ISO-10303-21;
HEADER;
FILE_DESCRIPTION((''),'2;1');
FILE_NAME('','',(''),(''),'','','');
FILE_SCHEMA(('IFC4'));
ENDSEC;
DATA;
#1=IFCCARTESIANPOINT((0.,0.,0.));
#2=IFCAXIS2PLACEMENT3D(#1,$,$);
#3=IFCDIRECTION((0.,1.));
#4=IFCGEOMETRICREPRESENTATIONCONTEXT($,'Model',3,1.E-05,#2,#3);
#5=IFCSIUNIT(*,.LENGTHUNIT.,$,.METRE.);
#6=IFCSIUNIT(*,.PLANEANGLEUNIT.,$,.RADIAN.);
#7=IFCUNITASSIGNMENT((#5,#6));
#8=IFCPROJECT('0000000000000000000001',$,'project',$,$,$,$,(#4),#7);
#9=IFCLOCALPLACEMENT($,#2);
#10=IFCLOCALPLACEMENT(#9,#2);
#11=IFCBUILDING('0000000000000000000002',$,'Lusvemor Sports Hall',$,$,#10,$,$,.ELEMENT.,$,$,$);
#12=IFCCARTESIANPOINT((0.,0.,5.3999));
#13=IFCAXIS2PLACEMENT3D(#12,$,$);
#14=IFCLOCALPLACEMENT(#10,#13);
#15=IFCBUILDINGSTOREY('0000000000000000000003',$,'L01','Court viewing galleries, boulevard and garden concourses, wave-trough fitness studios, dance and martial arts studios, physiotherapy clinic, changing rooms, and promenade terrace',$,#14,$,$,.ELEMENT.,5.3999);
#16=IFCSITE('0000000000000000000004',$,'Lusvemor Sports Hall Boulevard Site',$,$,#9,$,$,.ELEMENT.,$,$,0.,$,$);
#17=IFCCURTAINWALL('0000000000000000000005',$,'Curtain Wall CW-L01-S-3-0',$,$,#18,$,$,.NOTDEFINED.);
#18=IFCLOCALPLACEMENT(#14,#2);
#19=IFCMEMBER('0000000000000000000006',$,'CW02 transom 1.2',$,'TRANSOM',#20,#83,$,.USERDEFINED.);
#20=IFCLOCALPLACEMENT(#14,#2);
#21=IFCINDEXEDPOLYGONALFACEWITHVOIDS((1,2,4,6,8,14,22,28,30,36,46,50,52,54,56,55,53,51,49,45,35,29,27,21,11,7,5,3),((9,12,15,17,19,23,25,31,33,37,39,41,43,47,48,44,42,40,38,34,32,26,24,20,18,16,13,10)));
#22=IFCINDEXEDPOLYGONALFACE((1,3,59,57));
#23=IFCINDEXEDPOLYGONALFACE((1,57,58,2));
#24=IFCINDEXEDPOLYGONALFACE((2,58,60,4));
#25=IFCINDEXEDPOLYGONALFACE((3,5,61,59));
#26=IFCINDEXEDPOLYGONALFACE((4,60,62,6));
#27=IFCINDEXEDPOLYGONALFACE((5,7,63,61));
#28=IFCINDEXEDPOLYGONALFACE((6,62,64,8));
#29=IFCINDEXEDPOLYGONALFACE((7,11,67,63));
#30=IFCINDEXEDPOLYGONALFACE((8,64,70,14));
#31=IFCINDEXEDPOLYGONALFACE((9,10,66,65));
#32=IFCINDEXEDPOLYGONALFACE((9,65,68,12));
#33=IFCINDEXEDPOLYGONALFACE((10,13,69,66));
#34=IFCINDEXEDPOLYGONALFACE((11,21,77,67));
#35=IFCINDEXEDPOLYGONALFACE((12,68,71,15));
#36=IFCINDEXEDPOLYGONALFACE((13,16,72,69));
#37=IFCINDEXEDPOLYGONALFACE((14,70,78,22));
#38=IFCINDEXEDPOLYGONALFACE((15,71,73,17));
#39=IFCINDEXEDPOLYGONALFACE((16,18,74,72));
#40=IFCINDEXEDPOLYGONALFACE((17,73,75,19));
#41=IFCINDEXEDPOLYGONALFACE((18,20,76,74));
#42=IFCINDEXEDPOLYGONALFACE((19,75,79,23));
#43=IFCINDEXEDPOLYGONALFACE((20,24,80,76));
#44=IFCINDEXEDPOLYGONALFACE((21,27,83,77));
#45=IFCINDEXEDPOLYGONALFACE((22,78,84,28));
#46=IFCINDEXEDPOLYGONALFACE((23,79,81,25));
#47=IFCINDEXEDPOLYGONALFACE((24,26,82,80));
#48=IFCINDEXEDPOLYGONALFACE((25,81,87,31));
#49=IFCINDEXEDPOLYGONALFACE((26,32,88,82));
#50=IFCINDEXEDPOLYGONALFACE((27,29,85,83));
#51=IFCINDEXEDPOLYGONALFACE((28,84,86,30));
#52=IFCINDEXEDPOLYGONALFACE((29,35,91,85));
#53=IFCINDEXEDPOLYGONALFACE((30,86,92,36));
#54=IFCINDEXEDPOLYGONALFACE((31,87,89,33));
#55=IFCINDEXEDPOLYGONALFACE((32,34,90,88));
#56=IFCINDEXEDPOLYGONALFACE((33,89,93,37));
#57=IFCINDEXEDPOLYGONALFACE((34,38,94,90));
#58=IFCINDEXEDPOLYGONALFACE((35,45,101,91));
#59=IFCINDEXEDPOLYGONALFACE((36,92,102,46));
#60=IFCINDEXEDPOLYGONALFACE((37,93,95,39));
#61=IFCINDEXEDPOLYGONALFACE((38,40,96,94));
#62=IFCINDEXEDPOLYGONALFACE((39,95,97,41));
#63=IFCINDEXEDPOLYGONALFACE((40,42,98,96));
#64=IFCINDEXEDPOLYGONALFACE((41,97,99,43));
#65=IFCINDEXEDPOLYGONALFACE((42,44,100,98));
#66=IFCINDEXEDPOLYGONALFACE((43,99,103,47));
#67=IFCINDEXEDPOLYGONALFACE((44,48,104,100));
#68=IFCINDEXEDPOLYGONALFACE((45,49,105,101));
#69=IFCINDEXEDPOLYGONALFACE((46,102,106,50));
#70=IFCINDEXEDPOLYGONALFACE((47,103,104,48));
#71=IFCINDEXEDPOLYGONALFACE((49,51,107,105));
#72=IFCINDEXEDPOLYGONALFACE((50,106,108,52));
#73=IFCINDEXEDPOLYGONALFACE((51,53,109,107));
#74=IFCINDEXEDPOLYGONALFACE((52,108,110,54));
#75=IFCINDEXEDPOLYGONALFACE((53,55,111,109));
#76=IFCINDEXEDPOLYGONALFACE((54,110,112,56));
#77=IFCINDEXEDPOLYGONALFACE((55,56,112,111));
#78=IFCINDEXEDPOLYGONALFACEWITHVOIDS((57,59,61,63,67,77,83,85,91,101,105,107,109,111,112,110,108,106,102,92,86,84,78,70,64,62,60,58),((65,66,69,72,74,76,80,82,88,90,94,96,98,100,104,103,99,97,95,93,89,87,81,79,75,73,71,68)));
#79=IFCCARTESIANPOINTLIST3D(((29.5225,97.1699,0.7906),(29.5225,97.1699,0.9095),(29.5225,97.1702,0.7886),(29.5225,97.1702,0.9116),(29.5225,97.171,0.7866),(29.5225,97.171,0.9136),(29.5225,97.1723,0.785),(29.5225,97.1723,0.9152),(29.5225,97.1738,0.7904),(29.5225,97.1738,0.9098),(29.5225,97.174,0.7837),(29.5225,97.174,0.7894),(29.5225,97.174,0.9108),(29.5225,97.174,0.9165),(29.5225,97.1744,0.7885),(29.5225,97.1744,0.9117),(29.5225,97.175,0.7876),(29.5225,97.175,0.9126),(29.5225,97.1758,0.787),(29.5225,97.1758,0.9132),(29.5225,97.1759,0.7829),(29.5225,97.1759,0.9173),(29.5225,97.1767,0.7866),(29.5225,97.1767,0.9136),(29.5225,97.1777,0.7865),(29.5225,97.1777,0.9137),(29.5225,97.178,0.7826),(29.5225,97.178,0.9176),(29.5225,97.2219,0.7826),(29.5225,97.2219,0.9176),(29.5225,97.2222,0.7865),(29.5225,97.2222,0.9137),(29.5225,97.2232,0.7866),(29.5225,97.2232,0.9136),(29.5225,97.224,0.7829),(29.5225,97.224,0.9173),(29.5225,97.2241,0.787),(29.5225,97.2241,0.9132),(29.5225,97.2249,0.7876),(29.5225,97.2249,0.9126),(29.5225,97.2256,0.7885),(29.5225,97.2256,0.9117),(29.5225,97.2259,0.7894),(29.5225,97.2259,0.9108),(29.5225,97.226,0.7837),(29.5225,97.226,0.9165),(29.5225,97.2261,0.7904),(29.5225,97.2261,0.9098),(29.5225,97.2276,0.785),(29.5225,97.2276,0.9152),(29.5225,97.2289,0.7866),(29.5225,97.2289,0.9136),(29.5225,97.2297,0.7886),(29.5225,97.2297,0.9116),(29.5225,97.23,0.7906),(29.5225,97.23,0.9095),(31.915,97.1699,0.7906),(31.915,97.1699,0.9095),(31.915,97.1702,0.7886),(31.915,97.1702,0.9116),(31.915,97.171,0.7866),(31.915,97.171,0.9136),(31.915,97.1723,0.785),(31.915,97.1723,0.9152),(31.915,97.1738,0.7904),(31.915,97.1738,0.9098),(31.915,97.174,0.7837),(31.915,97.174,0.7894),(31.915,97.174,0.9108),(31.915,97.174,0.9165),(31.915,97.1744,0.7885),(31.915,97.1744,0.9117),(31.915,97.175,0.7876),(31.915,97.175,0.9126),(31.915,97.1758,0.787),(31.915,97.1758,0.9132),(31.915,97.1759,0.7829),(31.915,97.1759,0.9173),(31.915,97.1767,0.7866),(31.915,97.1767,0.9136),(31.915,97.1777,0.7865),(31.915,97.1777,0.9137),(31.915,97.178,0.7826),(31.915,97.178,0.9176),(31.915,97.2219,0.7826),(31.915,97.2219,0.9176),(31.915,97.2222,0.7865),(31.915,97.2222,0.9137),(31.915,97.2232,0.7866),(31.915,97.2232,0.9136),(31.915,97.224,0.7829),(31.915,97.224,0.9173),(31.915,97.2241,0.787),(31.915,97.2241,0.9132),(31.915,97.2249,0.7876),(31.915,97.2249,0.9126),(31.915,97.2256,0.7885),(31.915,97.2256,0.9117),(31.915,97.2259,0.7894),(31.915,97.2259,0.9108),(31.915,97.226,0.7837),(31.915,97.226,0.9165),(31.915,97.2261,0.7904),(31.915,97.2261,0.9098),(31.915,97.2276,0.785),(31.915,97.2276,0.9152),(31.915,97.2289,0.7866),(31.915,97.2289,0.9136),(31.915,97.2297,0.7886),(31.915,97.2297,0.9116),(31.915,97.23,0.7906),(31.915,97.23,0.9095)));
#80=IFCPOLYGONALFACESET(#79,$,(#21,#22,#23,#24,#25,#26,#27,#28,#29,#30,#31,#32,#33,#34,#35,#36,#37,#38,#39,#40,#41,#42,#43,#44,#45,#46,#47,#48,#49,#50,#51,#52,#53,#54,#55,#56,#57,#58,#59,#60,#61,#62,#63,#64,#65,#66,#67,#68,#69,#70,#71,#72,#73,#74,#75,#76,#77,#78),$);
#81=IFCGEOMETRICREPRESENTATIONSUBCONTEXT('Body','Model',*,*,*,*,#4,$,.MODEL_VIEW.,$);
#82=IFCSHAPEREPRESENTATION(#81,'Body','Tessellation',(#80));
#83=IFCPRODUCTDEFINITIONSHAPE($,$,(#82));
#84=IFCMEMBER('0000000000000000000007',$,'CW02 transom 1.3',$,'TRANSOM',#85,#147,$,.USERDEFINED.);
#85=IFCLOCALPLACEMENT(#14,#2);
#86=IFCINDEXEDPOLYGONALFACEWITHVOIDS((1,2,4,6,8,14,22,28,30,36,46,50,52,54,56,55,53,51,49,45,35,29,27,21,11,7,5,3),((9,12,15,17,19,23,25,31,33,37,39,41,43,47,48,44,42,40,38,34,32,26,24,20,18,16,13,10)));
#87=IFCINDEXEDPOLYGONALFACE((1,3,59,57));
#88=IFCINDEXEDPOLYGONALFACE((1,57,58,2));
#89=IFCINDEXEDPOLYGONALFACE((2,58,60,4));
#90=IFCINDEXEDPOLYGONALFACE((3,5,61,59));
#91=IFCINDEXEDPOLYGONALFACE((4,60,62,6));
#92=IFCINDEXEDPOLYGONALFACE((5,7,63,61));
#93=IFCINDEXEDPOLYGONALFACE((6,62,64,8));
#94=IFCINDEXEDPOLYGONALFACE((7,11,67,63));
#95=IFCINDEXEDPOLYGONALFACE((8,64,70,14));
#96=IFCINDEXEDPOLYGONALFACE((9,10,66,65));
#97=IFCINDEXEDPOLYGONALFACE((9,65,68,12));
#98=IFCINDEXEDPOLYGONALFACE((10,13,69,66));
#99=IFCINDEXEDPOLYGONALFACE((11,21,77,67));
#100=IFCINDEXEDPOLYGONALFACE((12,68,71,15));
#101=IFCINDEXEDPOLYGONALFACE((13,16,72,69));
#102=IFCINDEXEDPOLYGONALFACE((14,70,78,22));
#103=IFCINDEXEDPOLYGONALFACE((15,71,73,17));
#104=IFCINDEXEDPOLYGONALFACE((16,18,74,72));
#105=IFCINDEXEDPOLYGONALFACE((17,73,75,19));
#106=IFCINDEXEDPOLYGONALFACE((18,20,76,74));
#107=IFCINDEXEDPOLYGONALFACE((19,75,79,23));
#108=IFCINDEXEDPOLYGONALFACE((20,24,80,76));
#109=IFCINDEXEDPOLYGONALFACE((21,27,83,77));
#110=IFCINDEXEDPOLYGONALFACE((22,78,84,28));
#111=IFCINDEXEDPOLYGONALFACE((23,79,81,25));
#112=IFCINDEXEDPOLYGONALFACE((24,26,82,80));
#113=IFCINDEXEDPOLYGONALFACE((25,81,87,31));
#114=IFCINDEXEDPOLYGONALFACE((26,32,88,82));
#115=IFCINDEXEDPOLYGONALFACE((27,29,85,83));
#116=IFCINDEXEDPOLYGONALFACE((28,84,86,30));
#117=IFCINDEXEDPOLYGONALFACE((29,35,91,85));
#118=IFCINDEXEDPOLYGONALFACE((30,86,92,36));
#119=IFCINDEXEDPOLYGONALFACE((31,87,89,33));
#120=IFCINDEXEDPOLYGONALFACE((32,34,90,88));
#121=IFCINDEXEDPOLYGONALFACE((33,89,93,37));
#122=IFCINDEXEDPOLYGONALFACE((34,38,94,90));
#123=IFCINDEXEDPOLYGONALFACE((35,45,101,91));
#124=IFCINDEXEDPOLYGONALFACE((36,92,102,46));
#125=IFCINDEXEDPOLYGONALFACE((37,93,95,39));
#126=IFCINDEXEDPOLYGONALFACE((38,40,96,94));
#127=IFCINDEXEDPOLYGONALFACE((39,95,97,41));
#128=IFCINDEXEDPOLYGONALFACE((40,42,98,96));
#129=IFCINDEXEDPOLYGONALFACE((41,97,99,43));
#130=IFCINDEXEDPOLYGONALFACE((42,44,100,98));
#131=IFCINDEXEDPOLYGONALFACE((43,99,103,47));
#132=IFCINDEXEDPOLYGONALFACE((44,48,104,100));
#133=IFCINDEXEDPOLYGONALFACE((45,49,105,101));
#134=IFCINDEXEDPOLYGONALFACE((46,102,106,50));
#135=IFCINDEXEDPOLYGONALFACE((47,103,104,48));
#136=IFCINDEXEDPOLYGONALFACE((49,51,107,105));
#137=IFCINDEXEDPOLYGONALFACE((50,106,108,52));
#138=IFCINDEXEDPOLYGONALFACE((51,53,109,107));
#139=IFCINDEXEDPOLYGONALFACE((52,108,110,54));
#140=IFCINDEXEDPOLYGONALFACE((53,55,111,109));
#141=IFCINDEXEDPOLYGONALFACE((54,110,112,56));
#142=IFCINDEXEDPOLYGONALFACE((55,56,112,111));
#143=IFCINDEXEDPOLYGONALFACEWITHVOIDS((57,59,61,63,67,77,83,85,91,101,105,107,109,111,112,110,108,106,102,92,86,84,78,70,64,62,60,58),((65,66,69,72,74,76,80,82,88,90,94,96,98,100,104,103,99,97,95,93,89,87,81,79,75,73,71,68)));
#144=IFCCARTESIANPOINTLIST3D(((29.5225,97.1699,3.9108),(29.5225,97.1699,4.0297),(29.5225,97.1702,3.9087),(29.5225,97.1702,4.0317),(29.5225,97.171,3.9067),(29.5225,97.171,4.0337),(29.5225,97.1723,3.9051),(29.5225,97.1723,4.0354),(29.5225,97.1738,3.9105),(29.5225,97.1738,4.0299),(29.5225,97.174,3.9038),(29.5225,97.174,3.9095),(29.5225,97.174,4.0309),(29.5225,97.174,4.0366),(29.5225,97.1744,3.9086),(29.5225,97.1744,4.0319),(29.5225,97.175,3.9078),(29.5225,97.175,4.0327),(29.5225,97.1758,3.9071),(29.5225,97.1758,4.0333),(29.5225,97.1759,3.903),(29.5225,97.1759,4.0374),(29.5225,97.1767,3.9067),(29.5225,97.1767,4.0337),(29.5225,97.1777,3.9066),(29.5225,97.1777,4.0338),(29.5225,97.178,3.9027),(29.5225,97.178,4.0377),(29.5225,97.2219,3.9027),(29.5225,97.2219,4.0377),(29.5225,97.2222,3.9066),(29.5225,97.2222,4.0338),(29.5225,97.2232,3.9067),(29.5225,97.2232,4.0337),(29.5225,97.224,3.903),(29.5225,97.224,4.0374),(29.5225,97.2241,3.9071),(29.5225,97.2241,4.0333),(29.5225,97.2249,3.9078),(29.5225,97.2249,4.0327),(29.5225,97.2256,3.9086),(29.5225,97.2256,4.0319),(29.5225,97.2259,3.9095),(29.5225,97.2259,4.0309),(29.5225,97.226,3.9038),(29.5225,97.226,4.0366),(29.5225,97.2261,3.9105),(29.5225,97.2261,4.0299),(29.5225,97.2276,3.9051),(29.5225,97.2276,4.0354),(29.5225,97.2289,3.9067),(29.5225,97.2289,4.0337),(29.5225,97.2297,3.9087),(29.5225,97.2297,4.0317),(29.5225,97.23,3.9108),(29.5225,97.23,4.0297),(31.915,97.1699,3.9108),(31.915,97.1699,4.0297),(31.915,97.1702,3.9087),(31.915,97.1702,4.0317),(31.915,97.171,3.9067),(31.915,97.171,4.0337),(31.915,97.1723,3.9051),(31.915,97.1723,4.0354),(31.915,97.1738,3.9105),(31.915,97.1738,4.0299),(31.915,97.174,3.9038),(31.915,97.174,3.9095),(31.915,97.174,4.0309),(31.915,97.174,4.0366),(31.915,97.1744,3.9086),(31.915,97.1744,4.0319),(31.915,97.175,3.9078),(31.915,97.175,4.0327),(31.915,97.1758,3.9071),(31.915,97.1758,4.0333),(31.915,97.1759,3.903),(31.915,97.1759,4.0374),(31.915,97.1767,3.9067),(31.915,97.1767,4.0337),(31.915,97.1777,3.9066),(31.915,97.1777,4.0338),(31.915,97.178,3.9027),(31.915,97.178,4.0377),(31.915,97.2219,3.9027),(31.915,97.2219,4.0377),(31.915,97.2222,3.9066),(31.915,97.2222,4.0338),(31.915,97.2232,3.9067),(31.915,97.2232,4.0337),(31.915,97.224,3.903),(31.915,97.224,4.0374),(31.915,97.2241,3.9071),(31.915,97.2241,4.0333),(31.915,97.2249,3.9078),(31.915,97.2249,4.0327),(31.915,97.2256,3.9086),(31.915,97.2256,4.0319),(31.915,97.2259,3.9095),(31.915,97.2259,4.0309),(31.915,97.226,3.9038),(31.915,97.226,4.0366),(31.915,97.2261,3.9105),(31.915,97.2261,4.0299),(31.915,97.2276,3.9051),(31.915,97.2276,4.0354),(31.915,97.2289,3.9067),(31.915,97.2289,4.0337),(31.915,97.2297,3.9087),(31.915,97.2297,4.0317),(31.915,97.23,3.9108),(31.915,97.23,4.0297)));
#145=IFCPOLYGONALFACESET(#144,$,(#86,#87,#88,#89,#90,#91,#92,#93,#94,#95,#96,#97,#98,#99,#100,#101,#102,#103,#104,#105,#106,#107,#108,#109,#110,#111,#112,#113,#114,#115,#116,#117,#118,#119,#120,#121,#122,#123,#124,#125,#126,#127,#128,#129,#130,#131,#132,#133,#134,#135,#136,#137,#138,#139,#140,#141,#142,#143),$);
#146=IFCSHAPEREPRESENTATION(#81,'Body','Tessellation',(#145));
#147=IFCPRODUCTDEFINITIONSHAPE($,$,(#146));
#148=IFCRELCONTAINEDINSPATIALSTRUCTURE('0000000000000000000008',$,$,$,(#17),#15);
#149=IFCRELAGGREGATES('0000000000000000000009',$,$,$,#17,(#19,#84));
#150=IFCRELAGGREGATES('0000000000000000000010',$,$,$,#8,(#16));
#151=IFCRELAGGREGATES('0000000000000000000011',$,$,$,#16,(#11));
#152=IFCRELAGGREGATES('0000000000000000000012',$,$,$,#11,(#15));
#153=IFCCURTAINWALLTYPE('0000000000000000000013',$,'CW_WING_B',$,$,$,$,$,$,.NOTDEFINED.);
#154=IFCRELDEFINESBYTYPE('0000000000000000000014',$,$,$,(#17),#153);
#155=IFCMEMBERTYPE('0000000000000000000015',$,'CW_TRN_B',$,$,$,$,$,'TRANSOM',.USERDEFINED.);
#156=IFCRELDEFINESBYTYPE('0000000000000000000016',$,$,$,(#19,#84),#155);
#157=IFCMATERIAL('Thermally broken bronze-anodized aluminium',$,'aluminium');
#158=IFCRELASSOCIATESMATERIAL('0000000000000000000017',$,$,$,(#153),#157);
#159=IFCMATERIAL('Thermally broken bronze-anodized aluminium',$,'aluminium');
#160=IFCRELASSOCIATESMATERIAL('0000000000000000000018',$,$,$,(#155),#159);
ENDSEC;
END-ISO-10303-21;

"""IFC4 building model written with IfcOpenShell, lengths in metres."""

from ifc_helpers import new_model, si_unit, direction, frame, origin, origin_2d, place, context, subcontext, project, spatial, hollow_rectangle, extrude, material, material_profile, profile_set, type_object, element, aggregate, save


model = new_model("IFC4")

# Units and contexts
model_context = context("Model", 3, precision=1e-05, world=origin(), true_north=direction((0.0, 1.0)))
body_context = subcontext(model_context, "Body", "Model", "MODEL_VIEW")
ifc_project = project(units=[si_unit("LENGTHUNIT", "METRE"), si_unit("PLANEANGLEUNIT", "RADIAN")], contexts=[model_context])

# Site, building, storey
site_placement = place(None, origin())
site = spatial("IfcSite", under=ifc_project, at=site_placement, Name="Lusvemor Sports Hall Boulevard Site", CompositionType="ELEMENT", RefElevation=0.0)
building_placement = place(site_placement, origin())
building = spatial("IfcBuilding", under=site, at=building_placement, Name="Lusvemor Sports Hall", CompositionType="ELEMENT")
storey_placement = place(building_placement, frame((0.0, 0.0, 5.3999)))
storey = spatial("IfcBuildingStorey", under=building, at=storey_placement, Name="L01", Description="Court viewing galleries, boulevard and garden concourses, wave-trough fitness studios, dance and martial arts studios, physiotherapy clinic, changing rooms, and promenade terrace", CompositionType="ELEMENT", Elevation=5.3999)

# Curtain wall
ifc_material_1 = material(Name="Thermally broken bronze-anodized aluminium", Category="aluminium")
curtain_wall_type = type_object("IfcCurtainWallType", Name="CW_WING_B", PredefinedType="NOTDEFINED", material=ifc_material_1)
curtain_wall_1_placement = place(storey_placement, origin())
curtain_wall_1 = element("IfcCurtainWall", 1, at=curtain_wall_1_placement, inside=storey, type_object=curtain_wall_type, Name="Curtain Wall CW-L01-S-3-0", PredefinedType="NOTDEFINED")

# Members
ifc_material_2 = material(Name="Thermally broken bronze-anodized aluminium", Category="aluminium")
ifc_material_profile_1 = material_profile(ifc_material_2, hollow_rectangle(XDim=0.0601, YDim=0.135, WallThickness=0.0039, InnerFilletRadius=0.0039, OuterFilletRadius=0.0081, at=origin_2d()), Name="CWTRN135x60x4")
ifc_profile_set_1 = profile_set([ifc_material_profile_1], Name="Thermally broken bronze-anodized aluminium")
member_type_1 = type_object("IfcMemberType", Name="CW_TRN_B", ElementType="TRANSOM", PredefinedType="USERDEFINED", material=ifc_profile_set_1)
member_1_placement = place(storey_placement, frame((31.915, 97.2, 0.8501), z_axis=(-1.0, 0.0, 0.0), x_axis=(0.0, -1.0, 0.0)))
member_1 = element("IfcMember", 2, at=member_1_placement, type_object=member_type_1, Name="CW02 transom 1.2", ObjectType="TRANSOM", PredefinedType="USERDEFINED", context=body_context, shape_type="SweptSolid", body=[
    extrude(hollow_rectangle(XDim=0.0601, YDim=0.135, WallThickness=0.0039, InnerFilletRadius=0.0039, OuterFilletRadius=0.0081, at=origin_2d()), origin(), (0.0, 0.0, 1.0), 2.3926),
])
member_2_placement = place(storey_placement, frame((31.915, 97.2, 3.9702), z_axis=(-1.0, 0.0, 0.0), x_axis=(0.0, -1.0, 0.0)))
member_2 = element("IfcMember", 3, at=member_2_placement, type_object=member_type_1, Name="CW02 transom 1.3", ObjectType="TRANSOM", PredefinedType="USERDEFINED", context=body_context, shape_type="SweptSolid", body=[
    extrude(hollow_rectangle(XDim=0.0601, YDim=0.135, WallThickness=0.0039, InnerFilletRadius=0.0039, OuterFilletRadius=0.0081, at=origin_2d()), origin(), (0.0, 0.0, 1.0), 2.3926),
])

aggregate(curtain_wall_1, [member_1, member_2])

save(model, "model.ifc")
